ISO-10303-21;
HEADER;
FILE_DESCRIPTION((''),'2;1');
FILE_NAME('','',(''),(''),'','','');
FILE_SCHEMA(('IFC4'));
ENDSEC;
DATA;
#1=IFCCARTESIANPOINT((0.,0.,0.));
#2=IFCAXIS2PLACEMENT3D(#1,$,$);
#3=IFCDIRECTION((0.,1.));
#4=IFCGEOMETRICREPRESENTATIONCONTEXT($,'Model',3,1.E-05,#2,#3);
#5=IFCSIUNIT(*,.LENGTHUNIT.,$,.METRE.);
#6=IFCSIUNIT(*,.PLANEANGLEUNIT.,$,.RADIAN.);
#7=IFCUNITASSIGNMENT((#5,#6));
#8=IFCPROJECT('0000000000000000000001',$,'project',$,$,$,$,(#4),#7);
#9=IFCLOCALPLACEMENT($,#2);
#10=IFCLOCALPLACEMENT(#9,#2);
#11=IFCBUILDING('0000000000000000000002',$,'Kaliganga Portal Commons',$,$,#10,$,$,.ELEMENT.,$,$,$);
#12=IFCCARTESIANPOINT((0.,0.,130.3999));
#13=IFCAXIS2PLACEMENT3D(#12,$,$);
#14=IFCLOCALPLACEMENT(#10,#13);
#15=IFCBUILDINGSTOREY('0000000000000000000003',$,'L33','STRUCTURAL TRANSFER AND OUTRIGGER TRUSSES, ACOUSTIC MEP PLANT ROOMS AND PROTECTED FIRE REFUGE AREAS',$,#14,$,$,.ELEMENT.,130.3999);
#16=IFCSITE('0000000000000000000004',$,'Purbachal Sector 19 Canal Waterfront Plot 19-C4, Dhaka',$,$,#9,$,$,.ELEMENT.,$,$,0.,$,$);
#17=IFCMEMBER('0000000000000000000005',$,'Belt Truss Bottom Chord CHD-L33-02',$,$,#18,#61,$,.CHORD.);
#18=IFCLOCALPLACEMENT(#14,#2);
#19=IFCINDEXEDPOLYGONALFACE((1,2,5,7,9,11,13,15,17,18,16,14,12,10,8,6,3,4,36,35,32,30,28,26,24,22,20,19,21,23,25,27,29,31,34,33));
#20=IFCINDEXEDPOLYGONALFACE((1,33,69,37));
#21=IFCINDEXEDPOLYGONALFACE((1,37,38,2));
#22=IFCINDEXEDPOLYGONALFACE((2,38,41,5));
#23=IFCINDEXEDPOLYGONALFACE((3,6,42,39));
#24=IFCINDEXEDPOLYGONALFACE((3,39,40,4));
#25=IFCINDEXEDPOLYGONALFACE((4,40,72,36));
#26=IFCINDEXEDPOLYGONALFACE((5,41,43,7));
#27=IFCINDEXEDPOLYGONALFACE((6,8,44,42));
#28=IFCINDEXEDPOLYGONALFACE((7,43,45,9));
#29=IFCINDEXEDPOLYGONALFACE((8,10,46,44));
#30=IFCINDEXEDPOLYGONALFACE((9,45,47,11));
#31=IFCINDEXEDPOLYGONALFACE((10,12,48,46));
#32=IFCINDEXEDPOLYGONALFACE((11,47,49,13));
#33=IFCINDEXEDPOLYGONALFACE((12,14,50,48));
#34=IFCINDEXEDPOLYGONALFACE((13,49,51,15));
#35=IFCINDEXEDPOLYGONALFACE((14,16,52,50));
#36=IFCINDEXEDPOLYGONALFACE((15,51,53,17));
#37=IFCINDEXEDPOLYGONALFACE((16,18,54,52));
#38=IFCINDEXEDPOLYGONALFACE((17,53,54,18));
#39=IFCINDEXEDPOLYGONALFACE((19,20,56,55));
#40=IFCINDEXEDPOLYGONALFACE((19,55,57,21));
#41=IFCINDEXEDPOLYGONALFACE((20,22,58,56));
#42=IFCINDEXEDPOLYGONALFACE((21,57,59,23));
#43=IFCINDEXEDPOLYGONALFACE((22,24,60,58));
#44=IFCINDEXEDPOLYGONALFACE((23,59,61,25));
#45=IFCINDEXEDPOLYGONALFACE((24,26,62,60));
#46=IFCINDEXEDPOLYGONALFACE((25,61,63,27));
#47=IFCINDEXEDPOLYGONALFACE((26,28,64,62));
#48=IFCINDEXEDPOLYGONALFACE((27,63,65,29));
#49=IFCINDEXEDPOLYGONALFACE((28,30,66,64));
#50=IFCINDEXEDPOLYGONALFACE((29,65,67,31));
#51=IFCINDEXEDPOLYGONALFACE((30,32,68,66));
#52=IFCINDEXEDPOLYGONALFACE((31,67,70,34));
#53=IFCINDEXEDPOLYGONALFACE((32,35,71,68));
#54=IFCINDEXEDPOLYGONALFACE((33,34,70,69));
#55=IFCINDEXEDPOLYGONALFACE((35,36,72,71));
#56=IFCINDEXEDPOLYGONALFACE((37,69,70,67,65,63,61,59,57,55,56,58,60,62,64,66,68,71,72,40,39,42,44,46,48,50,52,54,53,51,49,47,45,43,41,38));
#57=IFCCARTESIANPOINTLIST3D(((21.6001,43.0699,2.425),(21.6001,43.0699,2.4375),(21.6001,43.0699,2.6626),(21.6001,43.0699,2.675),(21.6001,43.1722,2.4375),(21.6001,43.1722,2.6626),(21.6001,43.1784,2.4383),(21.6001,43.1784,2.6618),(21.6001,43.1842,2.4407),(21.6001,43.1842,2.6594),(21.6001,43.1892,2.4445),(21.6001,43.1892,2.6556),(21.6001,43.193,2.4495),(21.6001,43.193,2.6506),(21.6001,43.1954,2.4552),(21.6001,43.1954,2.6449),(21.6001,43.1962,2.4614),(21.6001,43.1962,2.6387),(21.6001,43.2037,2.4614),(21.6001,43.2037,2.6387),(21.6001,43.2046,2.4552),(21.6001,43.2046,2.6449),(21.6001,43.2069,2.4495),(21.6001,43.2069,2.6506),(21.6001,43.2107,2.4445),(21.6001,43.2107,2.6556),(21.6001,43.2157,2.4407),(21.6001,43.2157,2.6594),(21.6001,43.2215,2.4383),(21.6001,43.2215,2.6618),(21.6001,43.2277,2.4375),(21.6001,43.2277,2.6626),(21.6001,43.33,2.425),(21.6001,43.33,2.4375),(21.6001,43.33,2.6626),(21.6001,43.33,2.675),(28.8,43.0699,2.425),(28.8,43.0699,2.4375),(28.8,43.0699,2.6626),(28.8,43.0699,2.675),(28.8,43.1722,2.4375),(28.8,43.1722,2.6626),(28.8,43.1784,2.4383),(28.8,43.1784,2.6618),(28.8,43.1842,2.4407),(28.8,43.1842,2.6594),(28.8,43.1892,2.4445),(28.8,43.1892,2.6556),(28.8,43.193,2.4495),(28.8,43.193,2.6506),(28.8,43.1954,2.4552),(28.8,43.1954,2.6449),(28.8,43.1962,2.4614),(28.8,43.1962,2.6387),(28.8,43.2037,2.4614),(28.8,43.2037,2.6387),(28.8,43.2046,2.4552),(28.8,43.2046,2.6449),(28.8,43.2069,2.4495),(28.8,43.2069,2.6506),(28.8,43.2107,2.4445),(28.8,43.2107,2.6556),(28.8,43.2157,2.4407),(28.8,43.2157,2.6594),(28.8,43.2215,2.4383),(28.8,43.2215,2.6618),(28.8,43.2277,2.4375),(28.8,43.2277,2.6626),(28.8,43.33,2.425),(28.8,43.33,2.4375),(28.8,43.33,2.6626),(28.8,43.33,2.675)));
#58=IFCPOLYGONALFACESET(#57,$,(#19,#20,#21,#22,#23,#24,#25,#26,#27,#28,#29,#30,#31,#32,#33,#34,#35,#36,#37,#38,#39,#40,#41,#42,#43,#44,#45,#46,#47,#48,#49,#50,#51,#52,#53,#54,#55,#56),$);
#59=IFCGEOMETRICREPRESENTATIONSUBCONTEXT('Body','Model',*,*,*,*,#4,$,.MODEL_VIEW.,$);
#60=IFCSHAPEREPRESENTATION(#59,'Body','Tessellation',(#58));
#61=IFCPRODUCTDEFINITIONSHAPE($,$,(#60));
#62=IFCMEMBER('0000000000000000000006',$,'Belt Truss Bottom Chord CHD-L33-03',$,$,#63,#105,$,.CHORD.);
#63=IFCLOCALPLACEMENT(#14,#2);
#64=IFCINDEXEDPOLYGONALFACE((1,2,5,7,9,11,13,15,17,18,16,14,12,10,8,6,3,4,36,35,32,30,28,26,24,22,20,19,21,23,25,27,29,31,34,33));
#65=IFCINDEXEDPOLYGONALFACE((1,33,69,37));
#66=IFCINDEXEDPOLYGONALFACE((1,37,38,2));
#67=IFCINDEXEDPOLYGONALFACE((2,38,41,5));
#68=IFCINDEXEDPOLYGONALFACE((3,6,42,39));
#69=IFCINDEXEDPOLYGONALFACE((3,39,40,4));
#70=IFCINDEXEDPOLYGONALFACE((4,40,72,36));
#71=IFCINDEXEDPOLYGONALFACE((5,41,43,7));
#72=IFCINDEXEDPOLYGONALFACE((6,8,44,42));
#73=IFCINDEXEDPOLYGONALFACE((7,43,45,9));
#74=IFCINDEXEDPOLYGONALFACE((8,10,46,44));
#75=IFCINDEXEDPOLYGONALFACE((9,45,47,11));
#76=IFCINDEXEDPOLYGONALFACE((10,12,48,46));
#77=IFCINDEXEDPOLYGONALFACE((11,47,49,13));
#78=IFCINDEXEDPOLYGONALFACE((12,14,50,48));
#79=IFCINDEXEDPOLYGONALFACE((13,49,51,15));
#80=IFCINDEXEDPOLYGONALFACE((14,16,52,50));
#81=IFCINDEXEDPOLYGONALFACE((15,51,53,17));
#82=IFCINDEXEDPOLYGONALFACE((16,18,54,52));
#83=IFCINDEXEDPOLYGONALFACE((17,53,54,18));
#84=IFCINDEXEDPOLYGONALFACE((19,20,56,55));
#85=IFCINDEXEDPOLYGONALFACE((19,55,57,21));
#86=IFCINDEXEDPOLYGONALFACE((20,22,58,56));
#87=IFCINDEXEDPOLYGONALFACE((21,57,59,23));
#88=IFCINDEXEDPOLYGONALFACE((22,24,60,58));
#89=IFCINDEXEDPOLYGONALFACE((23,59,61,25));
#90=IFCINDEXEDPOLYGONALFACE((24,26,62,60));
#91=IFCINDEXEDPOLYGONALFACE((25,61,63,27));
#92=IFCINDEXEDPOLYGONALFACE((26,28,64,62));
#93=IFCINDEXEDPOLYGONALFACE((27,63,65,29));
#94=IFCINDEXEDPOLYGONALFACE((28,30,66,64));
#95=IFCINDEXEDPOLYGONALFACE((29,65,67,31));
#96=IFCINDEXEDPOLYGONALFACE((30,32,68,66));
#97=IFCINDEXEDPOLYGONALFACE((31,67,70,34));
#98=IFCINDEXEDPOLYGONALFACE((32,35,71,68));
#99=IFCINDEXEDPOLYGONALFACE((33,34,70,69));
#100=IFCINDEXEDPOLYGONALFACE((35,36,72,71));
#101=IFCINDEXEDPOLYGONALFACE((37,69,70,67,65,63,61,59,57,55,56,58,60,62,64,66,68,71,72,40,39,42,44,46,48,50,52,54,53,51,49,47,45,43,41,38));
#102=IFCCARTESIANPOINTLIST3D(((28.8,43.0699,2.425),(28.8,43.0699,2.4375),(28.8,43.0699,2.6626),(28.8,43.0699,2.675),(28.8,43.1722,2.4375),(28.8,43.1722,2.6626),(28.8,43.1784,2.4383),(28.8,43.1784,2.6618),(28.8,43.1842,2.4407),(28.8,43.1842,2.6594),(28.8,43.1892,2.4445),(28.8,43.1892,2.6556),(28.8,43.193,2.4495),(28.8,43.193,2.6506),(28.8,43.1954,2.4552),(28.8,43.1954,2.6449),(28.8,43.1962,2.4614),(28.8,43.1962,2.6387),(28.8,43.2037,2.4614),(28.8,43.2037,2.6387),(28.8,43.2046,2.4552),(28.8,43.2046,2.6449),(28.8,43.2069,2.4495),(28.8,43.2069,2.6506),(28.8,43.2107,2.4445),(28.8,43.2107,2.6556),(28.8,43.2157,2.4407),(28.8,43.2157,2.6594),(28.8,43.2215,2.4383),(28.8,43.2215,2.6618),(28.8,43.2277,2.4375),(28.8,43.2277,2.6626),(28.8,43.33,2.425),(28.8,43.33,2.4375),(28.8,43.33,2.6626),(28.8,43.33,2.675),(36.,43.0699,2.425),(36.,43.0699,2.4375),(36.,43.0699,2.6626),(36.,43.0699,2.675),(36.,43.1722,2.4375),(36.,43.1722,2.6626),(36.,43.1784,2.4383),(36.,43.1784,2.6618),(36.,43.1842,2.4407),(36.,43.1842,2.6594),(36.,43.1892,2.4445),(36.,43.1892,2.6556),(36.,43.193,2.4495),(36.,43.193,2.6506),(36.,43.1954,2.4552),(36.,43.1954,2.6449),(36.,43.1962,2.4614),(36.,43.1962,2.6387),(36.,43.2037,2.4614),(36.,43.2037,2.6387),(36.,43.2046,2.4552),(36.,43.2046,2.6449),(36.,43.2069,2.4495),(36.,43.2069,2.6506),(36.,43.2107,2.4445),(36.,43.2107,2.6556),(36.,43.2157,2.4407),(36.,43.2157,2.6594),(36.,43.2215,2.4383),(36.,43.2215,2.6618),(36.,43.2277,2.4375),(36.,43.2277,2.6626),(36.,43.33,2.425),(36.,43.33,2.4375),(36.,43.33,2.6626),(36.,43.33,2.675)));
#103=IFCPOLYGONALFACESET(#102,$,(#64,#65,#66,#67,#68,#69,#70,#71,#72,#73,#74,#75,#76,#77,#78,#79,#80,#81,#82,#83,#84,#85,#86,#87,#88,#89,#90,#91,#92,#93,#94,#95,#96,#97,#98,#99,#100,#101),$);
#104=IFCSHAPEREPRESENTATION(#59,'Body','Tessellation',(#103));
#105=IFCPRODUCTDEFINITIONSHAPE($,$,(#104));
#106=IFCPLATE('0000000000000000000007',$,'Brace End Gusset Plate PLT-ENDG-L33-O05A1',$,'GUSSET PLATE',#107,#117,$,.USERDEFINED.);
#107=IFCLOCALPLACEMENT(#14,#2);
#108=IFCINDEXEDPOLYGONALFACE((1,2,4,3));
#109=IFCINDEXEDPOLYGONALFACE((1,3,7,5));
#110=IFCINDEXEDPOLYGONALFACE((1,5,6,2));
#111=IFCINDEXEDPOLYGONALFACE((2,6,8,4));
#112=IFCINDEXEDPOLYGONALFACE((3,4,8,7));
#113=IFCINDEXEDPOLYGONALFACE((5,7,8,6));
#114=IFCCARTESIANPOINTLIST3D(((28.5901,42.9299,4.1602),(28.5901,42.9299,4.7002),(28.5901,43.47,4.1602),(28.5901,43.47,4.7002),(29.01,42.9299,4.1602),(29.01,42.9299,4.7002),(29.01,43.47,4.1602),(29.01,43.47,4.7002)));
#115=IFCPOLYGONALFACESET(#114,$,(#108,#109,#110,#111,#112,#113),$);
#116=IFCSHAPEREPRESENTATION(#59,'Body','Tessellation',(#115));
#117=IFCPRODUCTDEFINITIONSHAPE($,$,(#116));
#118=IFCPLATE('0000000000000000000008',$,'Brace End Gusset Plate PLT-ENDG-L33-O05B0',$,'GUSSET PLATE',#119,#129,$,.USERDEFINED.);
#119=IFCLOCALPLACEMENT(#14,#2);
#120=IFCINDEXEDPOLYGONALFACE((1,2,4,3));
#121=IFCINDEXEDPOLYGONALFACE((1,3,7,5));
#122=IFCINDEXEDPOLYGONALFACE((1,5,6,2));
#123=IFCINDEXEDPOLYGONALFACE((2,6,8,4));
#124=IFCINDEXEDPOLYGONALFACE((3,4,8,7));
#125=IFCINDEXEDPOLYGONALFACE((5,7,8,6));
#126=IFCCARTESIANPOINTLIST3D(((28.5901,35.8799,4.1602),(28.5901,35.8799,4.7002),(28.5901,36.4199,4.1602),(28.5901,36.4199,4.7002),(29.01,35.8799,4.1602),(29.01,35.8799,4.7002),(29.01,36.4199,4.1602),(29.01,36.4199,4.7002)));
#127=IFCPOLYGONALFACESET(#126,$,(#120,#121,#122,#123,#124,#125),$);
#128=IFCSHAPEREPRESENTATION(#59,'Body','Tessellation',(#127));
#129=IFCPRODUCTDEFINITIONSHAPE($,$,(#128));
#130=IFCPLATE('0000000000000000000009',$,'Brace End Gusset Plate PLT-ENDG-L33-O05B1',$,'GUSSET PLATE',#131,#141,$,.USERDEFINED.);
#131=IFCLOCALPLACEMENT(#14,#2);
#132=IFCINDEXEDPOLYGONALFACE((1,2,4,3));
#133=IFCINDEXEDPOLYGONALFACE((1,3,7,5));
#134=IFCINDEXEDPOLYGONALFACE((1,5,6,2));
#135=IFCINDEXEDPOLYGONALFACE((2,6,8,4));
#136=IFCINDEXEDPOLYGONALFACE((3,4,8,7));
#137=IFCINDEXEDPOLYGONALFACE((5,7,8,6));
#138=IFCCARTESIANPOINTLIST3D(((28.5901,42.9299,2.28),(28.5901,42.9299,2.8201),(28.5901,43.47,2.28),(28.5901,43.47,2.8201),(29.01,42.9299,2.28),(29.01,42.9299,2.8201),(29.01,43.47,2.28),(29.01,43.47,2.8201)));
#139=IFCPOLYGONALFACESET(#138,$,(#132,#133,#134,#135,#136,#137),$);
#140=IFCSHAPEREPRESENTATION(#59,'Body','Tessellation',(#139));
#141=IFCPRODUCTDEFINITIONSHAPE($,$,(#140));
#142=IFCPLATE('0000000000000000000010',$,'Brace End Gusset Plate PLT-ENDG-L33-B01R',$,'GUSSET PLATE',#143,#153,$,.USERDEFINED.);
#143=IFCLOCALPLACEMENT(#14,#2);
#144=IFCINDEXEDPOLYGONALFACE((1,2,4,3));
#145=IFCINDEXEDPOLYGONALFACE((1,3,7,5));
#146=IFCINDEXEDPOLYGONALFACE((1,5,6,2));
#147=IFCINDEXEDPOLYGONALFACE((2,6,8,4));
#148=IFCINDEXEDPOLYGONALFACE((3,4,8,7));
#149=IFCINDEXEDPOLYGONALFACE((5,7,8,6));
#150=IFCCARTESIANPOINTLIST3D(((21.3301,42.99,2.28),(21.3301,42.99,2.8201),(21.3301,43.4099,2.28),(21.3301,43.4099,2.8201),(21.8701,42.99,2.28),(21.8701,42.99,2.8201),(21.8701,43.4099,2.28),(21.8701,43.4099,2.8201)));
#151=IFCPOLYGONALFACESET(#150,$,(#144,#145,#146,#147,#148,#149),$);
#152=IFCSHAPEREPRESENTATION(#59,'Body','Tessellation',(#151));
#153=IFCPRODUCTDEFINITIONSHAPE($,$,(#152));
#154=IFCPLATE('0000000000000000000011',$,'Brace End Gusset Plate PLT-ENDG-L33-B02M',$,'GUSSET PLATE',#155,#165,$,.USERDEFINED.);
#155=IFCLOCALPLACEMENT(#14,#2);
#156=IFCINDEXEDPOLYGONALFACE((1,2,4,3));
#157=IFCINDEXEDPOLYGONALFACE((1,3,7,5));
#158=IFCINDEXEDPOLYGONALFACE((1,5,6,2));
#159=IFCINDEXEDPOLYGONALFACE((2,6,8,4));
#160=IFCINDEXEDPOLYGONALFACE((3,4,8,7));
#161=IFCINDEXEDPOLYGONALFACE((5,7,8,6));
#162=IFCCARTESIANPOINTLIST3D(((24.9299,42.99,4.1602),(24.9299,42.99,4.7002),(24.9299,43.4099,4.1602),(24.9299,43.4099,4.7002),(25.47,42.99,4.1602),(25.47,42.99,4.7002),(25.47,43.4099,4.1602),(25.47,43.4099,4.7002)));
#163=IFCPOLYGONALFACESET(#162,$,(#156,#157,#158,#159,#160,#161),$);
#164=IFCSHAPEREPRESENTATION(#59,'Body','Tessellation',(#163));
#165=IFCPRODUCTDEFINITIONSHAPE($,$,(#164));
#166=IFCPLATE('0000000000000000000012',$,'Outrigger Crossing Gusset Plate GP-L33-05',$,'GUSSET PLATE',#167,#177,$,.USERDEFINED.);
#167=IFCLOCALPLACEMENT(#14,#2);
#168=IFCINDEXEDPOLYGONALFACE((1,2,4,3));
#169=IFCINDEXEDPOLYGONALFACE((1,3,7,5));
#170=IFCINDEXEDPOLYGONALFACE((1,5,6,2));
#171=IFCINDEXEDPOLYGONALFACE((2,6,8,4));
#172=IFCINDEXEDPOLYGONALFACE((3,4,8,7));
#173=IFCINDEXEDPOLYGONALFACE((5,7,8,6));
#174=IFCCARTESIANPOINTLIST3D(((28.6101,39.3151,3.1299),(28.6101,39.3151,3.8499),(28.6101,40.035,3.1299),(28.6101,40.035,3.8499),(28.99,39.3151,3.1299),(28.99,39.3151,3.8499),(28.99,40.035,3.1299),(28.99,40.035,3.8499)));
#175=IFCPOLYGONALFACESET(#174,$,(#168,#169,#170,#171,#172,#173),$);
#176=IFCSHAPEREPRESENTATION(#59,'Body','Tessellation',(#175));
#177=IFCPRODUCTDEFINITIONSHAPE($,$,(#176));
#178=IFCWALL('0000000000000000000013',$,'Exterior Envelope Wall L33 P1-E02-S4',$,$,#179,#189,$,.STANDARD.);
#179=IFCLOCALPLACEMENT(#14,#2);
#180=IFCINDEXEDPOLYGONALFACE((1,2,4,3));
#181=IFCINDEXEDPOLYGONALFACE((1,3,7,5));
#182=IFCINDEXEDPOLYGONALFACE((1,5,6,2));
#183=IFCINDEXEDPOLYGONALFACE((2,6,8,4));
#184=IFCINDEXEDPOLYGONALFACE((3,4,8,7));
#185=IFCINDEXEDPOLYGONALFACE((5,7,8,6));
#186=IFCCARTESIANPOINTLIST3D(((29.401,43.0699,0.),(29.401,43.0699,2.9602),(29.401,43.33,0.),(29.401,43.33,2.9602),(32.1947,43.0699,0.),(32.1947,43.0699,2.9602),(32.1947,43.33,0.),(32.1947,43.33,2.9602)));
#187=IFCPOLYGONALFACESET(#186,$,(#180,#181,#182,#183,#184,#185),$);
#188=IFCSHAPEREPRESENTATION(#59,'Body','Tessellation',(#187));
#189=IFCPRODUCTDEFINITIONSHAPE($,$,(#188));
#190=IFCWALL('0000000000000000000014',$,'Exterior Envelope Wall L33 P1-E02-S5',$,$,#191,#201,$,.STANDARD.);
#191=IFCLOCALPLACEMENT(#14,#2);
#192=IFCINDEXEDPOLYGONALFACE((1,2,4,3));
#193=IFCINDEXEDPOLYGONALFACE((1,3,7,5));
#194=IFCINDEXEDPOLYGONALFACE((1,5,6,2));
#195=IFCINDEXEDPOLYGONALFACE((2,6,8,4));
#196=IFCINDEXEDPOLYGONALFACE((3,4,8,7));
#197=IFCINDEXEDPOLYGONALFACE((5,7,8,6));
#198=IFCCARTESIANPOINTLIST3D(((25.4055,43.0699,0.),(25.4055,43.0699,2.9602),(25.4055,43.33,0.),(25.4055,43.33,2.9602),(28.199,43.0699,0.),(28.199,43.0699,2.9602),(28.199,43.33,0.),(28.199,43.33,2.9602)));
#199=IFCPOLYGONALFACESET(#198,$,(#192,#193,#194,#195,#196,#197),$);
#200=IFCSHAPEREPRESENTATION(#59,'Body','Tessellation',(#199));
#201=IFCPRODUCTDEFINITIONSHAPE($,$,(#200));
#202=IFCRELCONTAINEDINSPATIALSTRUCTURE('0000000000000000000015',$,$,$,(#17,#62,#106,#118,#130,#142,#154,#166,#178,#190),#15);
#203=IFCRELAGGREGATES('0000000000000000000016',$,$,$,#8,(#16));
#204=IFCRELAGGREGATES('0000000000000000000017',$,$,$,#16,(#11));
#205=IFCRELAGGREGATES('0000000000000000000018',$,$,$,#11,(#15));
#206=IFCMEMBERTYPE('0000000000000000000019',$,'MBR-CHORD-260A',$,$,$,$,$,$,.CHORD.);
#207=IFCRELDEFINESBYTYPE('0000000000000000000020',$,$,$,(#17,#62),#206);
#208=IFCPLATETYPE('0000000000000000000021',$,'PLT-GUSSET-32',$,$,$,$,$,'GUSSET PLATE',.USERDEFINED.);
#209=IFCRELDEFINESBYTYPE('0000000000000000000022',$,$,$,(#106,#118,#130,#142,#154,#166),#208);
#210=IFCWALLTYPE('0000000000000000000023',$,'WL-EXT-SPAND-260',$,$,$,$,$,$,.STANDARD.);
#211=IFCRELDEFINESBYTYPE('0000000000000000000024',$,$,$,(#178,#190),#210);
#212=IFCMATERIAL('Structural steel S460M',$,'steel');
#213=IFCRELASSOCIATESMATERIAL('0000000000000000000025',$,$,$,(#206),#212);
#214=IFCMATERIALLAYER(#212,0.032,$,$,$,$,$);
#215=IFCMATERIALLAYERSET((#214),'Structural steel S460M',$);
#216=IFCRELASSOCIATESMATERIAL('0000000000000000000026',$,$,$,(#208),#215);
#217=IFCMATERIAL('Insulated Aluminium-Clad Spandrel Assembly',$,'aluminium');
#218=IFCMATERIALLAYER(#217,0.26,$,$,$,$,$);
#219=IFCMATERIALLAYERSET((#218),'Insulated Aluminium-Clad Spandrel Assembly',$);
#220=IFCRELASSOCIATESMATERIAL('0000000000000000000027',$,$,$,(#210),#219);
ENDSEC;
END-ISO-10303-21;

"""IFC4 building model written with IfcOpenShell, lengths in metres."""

from ifc_helpers import new_model, si_unit, direction, frame, frame_2d, origin, origin_2d, place, context, subcontext, project, spatial, rectangle, i_section, extrude, source, transform, mapped, material, layer, layer_set, material_profile, profile_set, type_object, element, save


model = new_model("IFC4")

# Units and contexts
model_context = context("Model", 3, precision=1e-05, world=origin(), true_north=direction((0.0, 1.0)))
body_context = subcontext(model_context, "Body", "Model", "MODEL_VIEW")
ifc_project = project(units=[si_unit("LENGTHUNIT", "METRE"), si_unit("PLANEANGLEUNIT", "RADIAN")], contexts=[model_context])

# Site, building, storey
site_placement = place(None, origin())
site = spatial("IfcSite", under=ifc_project, at=site_placement, Name="Purbachal Sector 19 Canal Waterfront Plot 19-C4, Dhaka", CompositionType="ELEMENT", RefElevation=0.0)
building_placement = place(site_placement, origin())
building = spatial("IfcBuilding", under=site, at=building_placement, Name="Kaliganga Portal Commons", CompositionType="ELEMENT")
storey_placement = place(building_placement, frame((0.0, 0.0, 130.3999)))
storey = spatial("IfcBuildingStorey", under=building, at=storey_placement, Name="L33", Description="STRUCTURAL TRANSFER AND OUTRIGGER TRUSSES, ACOUSTIC MEP PLANT ROOMS AND PROTECTED FIRE REFUGE AREAS", CompositionType="ELEMENT", Elevation=130.3999)

# Shared definitions
ifc_material_1 = material(Name="Structural steel S460M", Category="steel")

# Members
ifc_material_profile_1 = material_profile(ifc_material_1, i_section(OverallWidth=0.26, OverallDepth=0.25, WebThickness=0.0076, FlangeThickness=0.0125, FilletRadius=0.0239, at=origin_2d()), Name="HE 260 A")
ifc_profile_set_1 = profile_set([ifc_material_profile_1], Name="Structural steel S460M wide-flange")
member_type_1 = type_object("IfcMemberType", Name="MBR-CHORD-260A", PredefinedType="CHORD", material=ifc_profile_set_1)
shared_shape_1 = source(origin(), body_context, "Body", "SweptSolid", [
    extrude(i_section(OverallWidth=0.26, OverallDepth=0.25, WebThickness=0.0076, FlangeThickness=0.0125, FilletRadius=0.0239, at=origin_2d()), origin(), (0.0, 0.0, 1.0), 7.2),
])
for number, where, z_axis, x_axis, name in (
    (1, (21.6001, 43.2, 2.55), (1.0, 0.0, 0.0), (0.0, 1.0, 0.0), "Belt Truss Bottom Chord CHD-L33-02"),
    (2, (28.8, 43.2, 2.55), (1.0, 0.0, 0.0), (0.0, 1.0, 0.0), "Belt Truss Bottom Chord CHD-L33-03"),
):
    element("IfcMember", number, at=place(storey_placement, frame(where, z_axis=z_axis, x_axis=x_axis)), inside=storey, type_object=member_type_1, Name=name, PredefinedType="CHORD", context=body_context, shape_type="MappedRepresentation", body=[
        mapped(shared_shape_1, transform((0.0, 0.0, 0.0), x_axis=(1.0, 0.0, 0.0), y_axis=(0.0, 1.0, 0.0), z_axis=(0.0, 0.0, 1.0), scale=1.0)),
    ])

# Plates
ifc_layer_1 = layer(ifc_material_1, 0.032)
ifc_layer_set_1 = layer_set([ifc_layer_1], Name="Structural steel S460M")
plate_type = type_object("IfcPlateType", Name="PLT-GUSSET-32", ElementType="GUSSET PLATE", PredefinedType="USERDEFINED", material=ifc_layer_set_1)
shared_shape_2 = source(origin(), body_context, "Body", "SweptSolid", [
    extrude(rectangle(XDim=0.54, YDim=0.4199, at=origin_2d()), origin(), (0.0, 0.0, 1.0), 0.54),
])
for number, where, z_axis, x_axis, name in (
    (3, (28.8, 43.2, 4.1602), (0.0, 0.0, 1.0), (0.0, 1.0, 0.0), "Brace End Gusset Plate PLT-ENDG-L33-O05A1"),
    (4, (28.8, 36.1499, 4.1602), (0.0, 0.0, 1.0), (0.0, 1.0, 0.0), "Brace End Gusset Plate PLT-ENDG-L33-O05B0"),
    (5, (28.8, 43.2, 2.28), (0.0, 0.0, 1.0), (0.0, 1.0, 0.0), "Brace End Gusset Plate PLT-ENDG-L33-O05B1"),
    (6, (21.6001, 43.2, 2.28), (0.0, 0.0, 1.0), (1.0, 0.0, 0.0), "Brace End Gusset Plate PLT-ENDG-L33-B01R"),
    (7, (25.2, 43.2, 4.1602), (0.0, 0.0, 1.0), (1.0, 0.0, 0.0), "Brace End Gusset Plate PLT-ENDG-L33-B02M"),
):
    element("IfcPlate", number, at=place(storey_placement, frame(where, z_axis=z_axis, x_axis=x_axis)), inside=storey, type_object=plate_type, Name=name, ObjectType="GUSSET PLATE", PredefinedType="USERDEFINED", context=body_context, shape_type="MappedRepresentation", body=[
        mapped(shared_shape_2, transform((0.0, 0.0, 0.0), x_axis=(1.0, 0.0, 0.0), y_axis=(0.0, 1.0, 0.0), z_axis=(0.0, 0.0, 1.0), scale=1.0)),
    ])
shared_shape_3 = source(origin(), body_context, "Body", "SweptSolid", [
    extrude(rectangle(XDim=0.72, YDim=0.3799, at=origin_2d()), origin(), (0.0, 0.0, 1.0), 0.72),
])
plate_placement = place(storey_placement, frame((28.8, 39.675, 3.1299), z_axis=(0.0, 0.0, 1.0), x_axis=(0.0, 1.0, 0.0)))
element("IfcPlate", 8, at=plate_placement, inside=storey, type_object=plate_type, Name="Outrigger Crossing Gusset Plate GP-L33-05", ObjectType="GUSSET PLATE", PredefinedType="USERDEFINED", context=body_context, shape_type="MappedRepresentation", body=[
    mapped(shared_shape_3, transform((0.0, 0.0, 0.0), x_axis=(1.0, 0.0, 0.0), y_axis=(0.0, 1.0, 0.0), z_axis=(0.0, 0.0, 1.0), scale=1.0)),
])

# Walls
ifc_material_2 = material(Name="Insulated Aluminium-Clad Spandrel Assembly", Category="aluminium")
ifc_layer_2 = layer(ifc_material_2, 0.26)
ifc_layer_set_2 = layer_set([ifc_layer_2], Name="Insulated Aluminium-Clad Spandrel Assembly")
wall_type = type_object("IfcWallType", Name="WL-EXT-SPAND-260", PredefinedType="STANDARD", material=ifc_layer_set_2)
wall_placement = place(storey_placement, frame((29.4009, 43.2, 0.0), z_axis=(0.0, 0.0, 1.0), x_axis=(1.0, 0.0, 0.0)))
element("IfcWall", 9, at=wall_placement, inside=storey, type_object=wall_type, Name="Exterior Envelope Wall L33 P1-E02-S4", PredefinedType="STANDARD", context=body_context, shape_type="SweptSolid", body=[
    extrude(rectangle(XDim=2.7937, YDim=0.26, at=frame_2d((1.397, 0.0))), origin(), (0.0, 0.0, 1.0), 2.9602),
])
for number, where, z_axis, x_axis, name in (
    (10, (25.4055, 43.2, 0.0), (0.0, 0.0, 1.0), (1.0, 0.0, 0.0), "Exterior Envelope Wall L33 P1-E02-S5"),
):
    element("IfcWall", number, at=place(storey_placement, frame(where, z_axis=z_axis, x_axis=x_axis)), inside=storey, type_object=wall_type, Name=name, PredefinedType="STANDARD", context=body_context, shape_type="SweptSolid", body=[
        extrude(rectangle(XDim=2.7935, YDim=0.26, at=frame_2d((1.3967, 0.0))), origin(), (0.0, 0.0, 1.0), 2.9602),
    ])

save(model, "model.ifc")
